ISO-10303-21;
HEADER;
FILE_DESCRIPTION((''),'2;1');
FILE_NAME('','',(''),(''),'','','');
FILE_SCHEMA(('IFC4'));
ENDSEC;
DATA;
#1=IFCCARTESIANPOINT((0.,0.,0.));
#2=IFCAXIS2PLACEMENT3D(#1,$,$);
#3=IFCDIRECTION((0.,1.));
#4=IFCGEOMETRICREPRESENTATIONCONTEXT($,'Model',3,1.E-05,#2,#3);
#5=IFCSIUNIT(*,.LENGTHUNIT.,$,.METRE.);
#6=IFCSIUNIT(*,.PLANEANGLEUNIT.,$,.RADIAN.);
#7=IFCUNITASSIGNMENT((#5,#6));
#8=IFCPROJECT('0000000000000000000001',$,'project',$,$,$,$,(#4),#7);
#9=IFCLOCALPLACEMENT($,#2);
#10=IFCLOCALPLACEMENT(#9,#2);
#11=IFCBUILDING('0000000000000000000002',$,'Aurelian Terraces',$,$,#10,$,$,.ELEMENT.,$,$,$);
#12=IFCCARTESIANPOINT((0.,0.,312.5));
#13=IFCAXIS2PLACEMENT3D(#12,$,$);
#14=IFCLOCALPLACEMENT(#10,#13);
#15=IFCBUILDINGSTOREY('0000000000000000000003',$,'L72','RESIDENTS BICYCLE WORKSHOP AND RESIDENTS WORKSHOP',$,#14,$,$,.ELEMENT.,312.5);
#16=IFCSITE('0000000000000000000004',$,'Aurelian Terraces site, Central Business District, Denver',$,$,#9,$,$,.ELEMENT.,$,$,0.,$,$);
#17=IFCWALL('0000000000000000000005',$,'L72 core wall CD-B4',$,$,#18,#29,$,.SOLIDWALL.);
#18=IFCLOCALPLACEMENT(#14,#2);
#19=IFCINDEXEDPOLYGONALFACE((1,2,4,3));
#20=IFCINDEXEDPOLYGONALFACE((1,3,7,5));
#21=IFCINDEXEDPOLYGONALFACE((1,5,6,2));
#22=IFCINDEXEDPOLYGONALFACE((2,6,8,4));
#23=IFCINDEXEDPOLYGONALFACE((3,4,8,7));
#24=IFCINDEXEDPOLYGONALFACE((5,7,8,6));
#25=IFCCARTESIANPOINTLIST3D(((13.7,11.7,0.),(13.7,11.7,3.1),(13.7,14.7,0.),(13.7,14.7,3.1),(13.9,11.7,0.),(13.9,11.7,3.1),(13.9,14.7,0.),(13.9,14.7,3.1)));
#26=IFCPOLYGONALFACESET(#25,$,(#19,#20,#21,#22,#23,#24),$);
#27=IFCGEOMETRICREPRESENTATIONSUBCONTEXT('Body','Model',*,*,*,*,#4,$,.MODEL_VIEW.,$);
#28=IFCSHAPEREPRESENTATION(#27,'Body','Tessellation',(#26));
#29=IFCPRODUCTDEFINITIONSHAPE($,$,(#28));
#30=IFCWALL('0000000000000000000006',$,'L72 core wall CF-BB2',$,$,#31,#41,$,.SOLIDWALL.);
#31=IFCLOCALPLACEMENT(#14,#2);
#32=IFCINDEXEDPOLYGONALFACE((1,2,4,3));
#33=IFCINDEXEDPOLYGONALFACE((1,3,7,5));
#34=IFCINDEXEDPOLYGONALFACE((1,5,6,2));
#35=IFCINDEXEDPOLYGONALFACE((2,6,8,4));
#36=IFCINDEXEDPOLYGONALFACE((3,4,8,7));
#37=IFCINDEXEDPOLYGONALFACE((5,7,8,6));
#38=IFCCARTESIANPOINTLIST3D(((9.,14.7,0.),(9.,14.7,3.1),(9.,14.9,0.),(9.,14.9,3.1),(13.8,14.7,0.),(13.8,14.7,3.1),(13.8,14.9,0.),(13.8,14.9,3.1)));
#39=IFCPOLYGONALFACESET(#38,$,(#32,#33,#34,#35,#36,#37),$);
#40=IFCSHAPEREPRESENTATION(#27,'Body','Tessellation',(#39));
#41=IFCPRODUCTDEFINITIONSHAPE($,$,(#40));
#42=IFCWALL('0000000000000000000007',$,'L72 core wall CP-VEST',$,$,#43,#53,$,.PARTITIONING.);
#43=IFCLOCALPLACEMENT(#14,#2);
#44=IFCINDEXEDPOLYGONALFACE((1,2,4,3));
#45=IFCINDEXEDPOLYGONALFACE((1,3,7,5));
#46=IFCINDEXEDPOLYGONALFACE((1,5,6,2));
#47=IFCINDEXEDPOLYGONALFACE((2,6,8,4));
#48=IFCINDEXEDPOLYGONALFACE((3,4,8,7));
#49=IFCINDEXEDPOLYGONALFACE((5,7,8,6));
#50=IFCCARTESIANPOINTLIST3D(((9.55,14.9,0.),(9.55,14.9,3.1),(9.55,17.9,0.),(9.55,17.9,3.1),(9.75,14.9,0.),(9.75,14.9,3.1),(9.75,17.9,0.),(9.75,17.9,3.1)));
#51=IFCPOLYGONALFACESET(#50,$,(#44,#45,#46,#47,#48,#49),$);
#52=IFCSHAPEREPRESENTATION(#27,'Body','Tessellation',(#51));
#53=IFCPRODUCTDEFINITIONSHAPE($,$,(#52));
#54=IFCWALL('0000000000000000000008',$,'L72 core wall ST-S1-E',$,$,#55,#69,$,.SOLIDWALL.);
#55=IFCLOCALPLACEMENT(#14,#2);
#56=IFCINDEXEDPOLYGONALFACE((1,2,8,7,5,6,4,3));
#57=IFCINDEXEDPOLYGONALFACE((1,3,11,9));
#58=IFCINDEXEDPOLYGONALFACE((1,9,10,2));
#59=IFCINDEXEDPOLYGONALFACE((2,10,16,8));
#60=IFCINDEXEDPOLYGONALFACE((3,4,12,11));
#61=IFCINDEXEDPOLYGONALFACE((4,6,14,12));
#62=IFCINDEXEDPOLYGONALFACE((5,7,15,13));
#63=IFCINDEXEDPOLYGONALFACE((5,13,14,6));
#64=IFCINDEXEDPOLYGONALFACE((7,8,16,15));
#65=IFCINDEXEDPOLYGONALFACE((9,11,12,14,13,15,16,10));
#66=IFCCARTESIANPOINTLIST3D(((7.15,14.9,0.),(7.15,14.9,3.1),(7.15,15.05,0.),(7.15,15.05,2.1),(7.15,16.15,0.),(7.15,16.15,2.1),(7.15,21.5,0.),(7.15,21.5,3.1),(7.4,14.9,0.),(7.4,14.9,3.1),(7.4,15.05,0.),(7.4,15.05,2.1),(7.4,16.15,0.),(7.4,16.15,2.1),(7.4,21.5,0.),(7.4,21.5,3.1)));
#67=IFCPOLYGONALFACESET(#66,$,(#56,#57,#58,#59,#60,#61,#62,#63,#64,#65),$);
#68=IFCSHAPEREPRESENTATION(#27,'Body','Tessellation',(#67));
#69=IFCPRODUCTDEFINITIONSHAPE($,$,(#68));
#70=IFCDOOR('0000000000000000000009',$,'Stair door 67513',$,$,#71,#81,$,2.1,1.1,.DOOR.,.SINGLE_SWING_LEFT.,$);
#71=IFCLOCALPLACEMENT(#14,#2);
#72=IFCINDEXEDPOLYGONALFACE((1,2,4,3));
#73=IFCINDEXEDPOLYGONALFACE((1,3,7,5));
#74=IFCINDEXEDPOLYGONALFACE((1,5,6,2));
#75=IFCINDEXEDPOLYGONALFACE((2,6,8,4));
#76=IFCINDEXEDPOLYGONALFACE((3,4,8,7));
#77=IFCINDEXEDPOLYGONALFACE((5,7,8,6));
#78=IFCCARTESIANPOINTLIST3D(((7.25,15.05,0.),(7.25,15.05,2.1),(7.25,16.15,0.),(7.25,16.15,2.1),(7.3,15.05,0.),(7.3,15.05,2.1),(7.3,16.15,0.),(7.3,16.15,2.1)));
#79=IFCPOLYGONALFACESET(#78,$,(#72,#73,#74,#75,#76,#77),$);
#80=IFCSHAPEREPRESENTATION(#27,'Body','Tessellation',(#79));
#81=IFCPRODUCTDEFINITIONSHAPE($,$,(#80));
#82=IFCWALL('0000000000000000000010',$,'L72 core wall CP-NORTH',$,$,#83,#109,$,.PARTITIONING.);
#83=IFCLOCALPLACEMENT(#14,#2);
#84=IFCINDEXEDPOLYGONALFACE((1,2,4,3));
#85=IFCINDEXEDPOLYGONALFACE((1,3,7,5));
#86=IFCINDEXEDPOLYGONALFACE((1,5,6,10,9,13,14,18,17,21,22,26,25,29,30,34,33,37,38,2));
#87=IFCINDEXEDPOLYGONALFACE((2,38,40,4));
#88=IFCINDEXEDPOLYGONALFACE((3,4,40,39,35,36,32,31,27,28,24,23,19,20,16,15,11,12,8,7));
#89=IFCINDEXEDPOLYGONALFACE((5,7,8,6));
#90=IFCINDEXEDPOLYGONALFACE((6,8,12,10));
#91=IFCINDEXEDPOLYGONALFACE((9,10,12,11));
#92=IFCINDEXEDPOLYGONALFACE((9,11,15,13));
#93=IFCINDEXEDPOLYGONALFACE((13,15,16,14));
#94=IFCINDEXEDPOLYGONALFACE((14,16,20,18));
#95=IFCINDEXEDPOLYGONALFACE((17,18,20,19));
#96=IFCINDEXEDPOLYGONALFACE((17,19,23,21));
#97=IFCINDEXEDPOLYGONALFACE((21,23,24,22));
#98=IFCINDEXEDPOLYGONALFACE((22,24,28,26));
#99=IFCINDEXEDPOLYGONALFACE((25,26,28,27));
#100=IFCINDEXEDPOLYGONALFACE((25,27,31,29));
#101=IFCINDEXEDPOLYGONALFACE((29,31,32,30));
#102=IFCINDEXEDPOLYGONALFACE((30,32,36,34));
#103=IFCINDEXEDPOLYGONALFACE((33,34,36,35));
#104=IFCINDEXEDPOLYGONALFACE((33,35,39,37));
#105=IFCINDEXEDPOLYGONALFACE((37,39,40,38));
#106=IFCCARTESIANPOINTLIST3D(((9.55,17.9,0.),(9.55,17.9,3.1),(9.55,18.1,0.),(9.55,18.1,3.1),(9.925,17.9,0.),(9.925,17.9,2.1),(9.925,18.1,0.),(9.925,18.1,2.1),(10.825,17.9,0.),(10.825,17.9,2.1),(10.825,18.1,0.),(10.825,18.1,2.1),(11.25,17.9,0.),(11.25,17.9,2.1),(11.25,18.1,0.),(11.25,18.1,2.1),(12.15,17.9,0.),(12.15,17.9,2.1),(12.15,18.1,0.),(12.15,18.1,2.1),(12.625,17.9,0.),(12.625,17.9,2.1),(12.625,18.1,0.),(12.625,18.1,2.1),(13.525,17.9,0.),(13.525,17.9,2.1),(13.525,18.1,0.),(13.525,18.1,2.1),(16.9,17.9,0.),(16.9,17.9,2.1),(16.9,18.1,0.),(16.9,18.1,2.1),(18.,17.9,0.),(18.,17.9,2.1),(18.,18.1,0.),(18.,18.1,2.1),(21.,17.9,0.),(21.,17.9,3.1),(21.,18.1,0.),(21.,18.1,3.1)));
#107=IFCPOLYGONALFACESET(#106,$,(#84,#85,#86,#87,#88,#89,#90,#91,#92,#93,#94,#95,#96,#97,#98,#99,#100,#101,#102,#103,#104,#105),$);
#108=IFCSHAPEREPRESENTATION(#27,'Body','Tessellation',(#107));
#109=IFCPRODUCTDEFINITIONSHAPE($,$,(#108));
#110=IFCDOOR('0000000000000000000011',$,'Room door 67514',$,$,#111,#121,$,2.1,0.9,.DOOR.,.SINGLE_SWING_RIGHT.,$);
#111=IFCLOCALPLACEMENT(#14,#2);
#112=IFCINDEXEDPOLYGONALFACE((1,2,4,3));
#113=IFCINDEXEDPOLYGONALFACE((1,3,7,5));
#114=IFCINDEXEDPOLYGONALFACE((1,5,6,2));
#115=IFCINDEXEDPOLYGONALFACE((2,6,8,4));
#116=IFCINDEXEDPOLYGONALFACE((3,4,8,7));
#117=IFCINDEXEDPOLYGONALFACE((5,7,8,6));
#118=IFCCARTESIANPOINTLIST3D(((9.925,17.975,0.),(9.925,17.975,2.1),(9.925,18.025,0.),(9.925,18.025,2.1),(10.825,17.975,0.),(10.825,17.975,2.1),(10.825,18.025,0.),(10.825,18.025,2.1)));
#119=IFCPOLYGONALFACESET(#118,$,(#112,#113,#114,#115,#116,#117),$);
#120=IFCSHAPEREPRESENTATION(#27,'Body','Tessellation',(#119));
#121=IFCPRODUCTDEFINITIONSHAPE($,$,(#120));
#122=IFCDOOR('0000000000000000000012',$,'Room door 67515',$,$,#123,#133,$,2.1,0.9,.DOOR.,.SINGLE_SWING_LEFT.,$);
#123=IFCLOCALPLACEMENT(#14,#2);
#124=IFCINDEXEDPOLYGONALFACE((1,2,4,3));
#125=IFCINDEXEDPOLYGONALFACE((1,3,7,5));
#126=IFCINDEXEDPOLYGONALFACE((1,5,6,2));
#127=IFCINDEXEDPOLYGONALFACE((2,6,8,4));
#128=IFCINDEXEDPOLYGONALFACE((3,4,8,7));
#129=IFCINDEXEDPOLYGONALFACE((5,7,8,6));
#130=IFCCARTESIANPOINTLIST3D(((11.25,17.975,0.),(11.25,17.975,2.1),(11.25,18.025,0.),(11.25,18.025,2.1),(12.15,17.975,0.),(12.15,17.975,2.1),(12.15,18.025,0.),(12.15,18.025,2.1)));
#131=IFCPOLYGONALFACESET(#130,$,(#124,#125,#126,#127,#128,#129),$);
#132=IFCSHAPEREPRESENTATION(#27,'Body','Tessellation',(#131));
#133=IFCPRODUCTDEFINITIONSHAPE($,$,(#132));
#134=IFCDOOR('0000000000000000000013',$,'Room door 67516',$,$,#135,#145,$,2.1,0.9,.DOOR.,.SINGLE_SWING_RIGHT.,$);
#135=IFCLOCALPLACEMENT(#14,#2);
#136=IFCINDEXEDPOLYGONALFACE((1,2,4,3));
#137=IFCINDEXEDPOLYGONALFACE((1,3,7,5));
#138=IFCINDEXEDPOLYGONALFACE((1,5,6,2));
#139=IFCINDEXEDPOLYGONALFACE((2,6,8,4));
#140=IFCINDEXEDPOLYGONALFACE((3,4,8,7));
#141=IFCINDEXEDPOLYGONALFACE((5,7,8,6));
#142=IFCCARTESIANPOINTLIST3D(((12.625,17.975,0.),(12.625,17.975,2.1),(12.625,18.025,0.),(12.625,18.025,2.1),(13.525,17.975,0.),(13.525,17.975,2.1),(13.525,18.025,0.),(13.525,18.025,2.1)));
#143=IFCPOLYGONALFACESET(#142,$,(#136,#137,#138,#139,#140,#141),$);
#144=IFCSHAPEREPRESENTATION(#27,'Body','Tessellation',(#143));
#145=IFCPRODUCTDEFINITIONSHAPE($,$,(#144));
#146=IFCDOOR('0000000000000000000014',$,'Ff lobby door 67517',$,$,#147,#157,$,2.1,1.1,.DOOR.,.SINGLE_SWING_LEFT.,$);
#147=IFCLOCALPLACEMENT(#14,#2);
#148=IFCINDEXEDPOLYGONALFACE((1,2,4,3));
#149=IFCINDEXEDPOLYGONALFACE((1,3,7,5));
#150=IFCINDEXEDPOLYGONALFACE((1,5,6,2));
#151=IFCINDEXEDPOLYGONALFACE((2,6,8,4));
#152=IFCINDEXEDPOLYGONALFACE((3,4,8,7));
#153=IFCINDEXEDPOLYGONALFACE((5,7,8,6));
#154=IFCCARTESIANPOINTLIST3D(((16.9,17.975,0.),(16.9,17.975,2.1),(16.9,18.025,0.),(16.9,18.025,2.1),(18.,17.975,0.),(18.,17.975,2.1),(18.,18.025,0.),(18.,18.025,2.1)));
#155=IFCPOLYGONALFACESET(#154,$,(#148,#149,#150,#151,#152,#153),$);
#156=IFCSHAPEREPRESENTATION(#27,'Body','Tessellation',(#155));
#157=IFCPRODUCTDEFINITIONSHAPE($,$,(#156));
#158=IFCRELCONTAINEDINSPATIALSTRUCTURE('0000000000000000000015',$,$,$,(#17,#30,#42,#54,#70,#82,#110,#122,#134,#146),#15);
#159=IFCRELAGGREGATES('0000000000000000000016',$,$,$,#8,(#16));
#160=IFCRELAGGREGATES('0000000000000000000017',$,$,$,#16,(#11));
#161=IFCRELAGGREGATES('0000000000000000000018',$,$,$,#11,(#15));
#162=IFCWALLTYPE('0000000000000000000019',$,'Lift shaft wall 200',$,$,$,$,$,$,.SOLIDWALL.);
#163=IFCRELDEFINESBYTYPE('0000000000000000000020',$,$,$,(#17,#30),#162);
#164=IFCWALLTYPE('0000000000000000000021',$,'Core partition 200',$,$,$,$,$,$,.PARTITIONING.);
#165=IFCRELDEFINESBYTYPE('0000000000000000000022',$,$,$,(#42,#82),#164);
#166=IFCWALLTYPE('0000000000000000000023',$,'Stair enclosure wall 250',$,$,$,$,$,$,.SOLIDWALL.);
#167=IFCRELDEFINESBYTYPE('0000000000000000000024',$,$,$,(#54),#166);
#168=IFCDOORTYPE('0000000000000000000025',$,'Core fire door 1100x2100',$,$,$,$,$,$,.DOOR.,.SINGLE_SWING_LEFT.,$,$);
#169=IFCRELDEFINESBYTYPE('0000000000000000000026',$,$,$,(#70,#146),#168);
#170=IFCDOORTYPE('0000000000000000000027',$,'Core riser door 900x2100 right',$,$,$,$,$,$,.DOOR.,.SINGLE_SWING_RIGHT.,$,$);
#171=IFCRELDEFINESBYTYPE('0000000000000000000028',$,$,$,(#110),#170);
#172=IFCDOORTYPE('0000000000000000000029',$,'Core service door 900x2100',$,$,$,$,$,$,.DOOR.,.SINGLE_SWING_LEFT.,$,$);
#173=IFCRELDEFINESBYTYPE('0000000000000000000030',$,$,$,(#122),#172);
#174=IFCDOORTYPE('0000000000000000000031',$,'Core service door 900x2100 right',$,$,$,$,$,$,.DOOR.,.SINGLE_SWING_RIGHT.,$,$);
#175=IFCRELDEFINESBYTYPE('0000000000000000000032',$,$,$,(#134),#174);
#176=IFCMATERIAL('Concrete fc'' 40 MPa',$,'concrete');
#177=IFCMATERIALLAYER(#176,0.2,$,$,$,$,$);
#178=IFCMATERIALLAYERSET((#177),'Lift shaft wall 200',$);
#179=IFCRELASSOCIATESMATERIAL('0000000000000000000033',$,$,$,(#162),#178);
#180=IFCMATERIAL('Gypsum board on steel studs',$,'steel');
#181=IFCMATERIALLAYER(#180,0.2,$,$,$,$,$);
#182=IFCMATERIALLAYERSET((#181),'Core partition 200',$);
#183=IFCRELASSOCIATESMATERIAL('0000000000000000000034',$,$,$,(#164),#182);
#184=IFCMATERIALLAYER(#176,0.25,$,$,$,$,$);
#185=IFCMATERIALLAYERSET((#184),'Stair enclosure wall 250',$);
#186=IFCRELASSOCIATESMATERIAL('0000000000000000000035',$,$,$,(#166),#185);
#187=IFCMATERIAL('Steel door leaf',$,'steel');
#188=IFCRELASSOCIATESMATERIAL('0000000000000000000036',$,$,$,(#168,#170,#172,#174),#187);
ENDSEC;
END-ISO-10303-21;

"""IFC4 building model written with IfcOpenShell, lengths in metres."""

from ifc_helpers import new_model, si_unit, direction, frame, frame_2d, origin, place, context, subcontext, project, spatial, rectangle, extrude, source, transform, mapped, material, layer, layer_set, type_object, element, fill, save


model = new_model("IFC4")

# Units and contexts
model_context = context("Model", 3, precision=1e-05, world=origin(), true_north=direction((0.0, 1.0)))
body_context = subcontext(model_context, "Body", "Model", "MODEL_VIEW")
ifc_project = project(units=[si_unit("LENGTHUNIT", "METRE"), si_unit("PLANEANGLEUNIT", "RADIAN")], contexts=[model_context])

# Site, building, storey
site_placement = place(None, origin())
site = spatial("IfcSite", under=ifc_project, at=site_placement, Name="Aurelian Terraces site, Central Business District, Denver", CompositionType="ELEMENT", RefElevation=0.0)
building_placement = place(site_placement, origin())
building = spatial("IfcBuilding", under=site, at=building_placement, Name="Aurelian Terraces", CompositionType="ELEMENT")
storey_placement = place(building_placement, frame((0.0, 0.0, 312.5)))
storey = spatial("IfcBuildingStorey", under=building, at=storey_placement, Name="L72", Description="RESIDENTS BICYCLE WORKSHOP AND RESIDENTS WORKSHOP", CompositionType="ELEMENT", Elevation=312.5)

# Walls
ifc_material_1 = material(Name="Concrete fc' 40 MPa", Category="concrete")
ifc_layer_1 = layer(ifc_material_1, 0.2)
ifc_layer_set_1 = layer_set([ifc_layer_1], Name="Lift shaft wall 200")
wall_type_1 = type_object("IfcWallType", Name="Lift shaft wall 200", PredefinedType="SOLIDWALL", material=ifc_layer_set_1)
shared_shape_1 = source(origin(), body_context, "Body", "SweptSolid", [
    extrude(rectangle(XDim=3.0, YDim=0.2, at=frame_2d((1.5, 0.0))), origin(), (0.0, 0.0, 1.0), 3.1),
])
wall_1_placement = place(storey_placement, frame((13.8, 11.7, 0.0), z_axis=(0.0, 0.0, 1.0), x_axis=(0.0, 1.0, 0.0)))
element("IfcWall", 1, at=wall_1_placement, inside=storey, type_object=wall_type_1, Name="L72 core wall CD-B4", PredefinedType="SOLIDWALL", context=body_context, shape_type="MappedRepresentation", body=[
    mapped(shared_shape_1, transform((0.0, 0.0, 0.0), scale=1.0)),
])
shared_shape_2 = source(origin(), body_context, "Body", "SweptSolid", [
    extrude(rectangle(XDim=4.8, YDim=0.2, at=frame_2d((2.4, 0.0))), origin(), (0.0, 0.0, 1.0), 3.1),
])
wall_2_placement = place(storey_placement, frame((9.0, 14.8, 0.0), z_axis=(0.0, 0.0, 1.0), x_axis=(1.0, 0.0, 0.0)))
element("IfcWall", 2, at=wall_2_placement, inside=storey, type_object=wall_type_1, Name="L72 core wall CF-BB2", PredefinedType="SOLIDWALL", context=body_context, shape_type="MappedRepresentation", body=[
    mapped(shared_shape_2, transform((0.0, 0.0, 0.0), scale=1.0)),
])
ifc_material_2 = material(Name="Gypsum board on steel studs", Category="steel")
ifc_layer_2 = layer(ifc_material_2, 0.2)
ifc_layer_set_2 = layer_set([ifc_layer_2], Name="Core partition 200")
wall_type_2 = type_object("IfcWallType", Name="Core partition 200", PredefinedType="PARTITIONING", material=ifc_layer_set_2)
shared_shape_3 = source(origin(), body_context, "Body", "SweptSolid", [
    extrude(rectangle(XDim=3.0, YDim=0.2, at=frame_2d((1.5, 0.0))), origin(), (0.0, 0.0, 1.0), 3.1),
])
wall_3_placement = place(storey_placement, frame((9.65, 14.9, 0.0), z_axis=(0.0, 0.0, 1.0), x_axis=(0.0, 1.0, 0.0)))
element("IfcWall", 3, at=wall_3_placement, inside=storey, type_object=wall_type_2, Name="L72 core wall CP-VEST", PredefinedType="PARTITIONING", context=body_context, shape_type="MappedRepresentation", body=[
    mapped(shared_shape_3, transform((0.0, 0.0, 0.0), scale=1.0)),
])

# Wall, opening, door
ifc_layer_3 = layer(ifc_material_1, 0.25)
ifc_layer_set_3 = layer_set([ifc_layer_3], Name="Stair enclosure wall 250")
wall_type_3 = type_object("IfcWallType", Name="Stair enclosure wall 250", PredefinedType="SOLIDWALL", material=ifc_layer_set_3)
shared_shape_4 = source(origin(), body_context, "Body", "SweptSolid", [
    extrude(rectangle(XDim=6.6, YDim=0.25, at=frame_2d((3.3, 0.0))), origin(), (0.0, 0.0, 1.0), 3.1),
])
wall_4_placement = place(storey_placement, frame((7.275, 14.9, 0.0), z_axis=(0.0, 0.0, 1.0), x_axis=(0.0, 1.0, 0.0)))
wall_4 = element("IfcWall", 4, at=wall_4_placement, inside=storey, type_object=wall_type_3, Name="L72 core wall ST-S1-E", PredefinedType="SOLIDWALL", context=body_context, shape_type="MappedRepresentation", body=[
    mapped(shared_shape_4, transform((0.0, 0.0, 0.0), scale=1.0)),
])
shared_shape_5 = source(origin(), body_context, "Body", "SweptSolid", [
    extrude(rectangle(XDim=1.1, YDim=2.1, at=frame_2d((0.55, 1.05))), frame((0.0, 0.135, 0.0), z_axis=(0.0, -1.0, 0.0), x_axis=(1.0, 0.0, 0.0)), (0.0, 0.0, 1.0), 0.27),
])
opening_1_placement = place(wall_4_placement, frame((0.15, 0.0, 0.0)))
opening_1 = element("IfcOpeningElement", 5, at=opening_1_placement, cuts=wall_4, PredefinedType="OPENING", context=body_context, shape_type="MappedRepresentation", body=[
    mapped(shared_shape_5, transform((0.0, 0.0, 0.0), scale=1.0)),
])
ifc_material_3 = material(Name="Steel door leaf", Category="steel")
door_type_1 = type_object("IfcDoorType", Name="Core fire door 1100x2100", OperationType="SINGLE_SWING_LEFT", PredefinedType="DOOR", material=ifc_material_3)
shared_shape_6 = source(origin(), body_context, "Body", "SweptSolid", [
    extrude(rectangle(XDim=1.1, YDim=2.1, at=frame_2d((0.55, 1.05))), frame((0.0, 0.025, 0.0), z_axis=(0.0, -1.0, 0.0), x_axis=(1.0, 0.0, 0.0)), (0.0, 0.0, 1.0), 0.05),
])
door_1_placement = place(opening_1_placement, origin())
door_1 = element("IfcDoor", 6, at=door_1_placement, inside=storey, type_object=door_type_1, Name="Stair door 67513", OperationType="SINGLE_SWING_LEFT", OverallHeight=2.1, OverallWidth=1.1, PredefinedType="DOOR", context=body_context, shape_type="MappedRepresentation", body=[
    mapped(shared_shape_6, transform((0.0, 0.0, 0.0), scale=1.0)),
])
fill(opening_1, door_1)

# Wall, openings, doors
shared_shape_7 = source(origin(), body_context, "Body", "SweptSolid", [
    extrude(rectangle(XDim=11.45, YDim=0.2, at=frame_2d((5.725, 0.0))), origin(), (0.0, 0.0, 1.0), 3.1),
])
wall_5_placement = place(storey_placement, frame((9.55, 18.0, 0.0), z_axis=(0.0, 0.0, 1.0), x_axis=(1.0, 0.0, 0.0)))
wall_5 = element("IfcWall", 7, at=wall_5_placement, inside=storey, type_object=wall_type_2, Name="L72 core wall CP-NORTH", PredefinedType="PARTITIONING", context=body_context, shape_type="MappedRepresentation", body=[
    mapped(shared_shape_7, transform((0.0, 0.0, 0.0), scale=1.0)),
])
shared_shape_8 = source(origin(), body_context, "Body", "SweptSolid", [
    extrude(rectangle(XDim=0.9, YDim=2.1, at=frame_2d((0.45, 1.05))), frame((0.0, 0.11, 0.0), z_axis=(0.0, -1.0, 0.0), x_axis=(1.0, 0.0, 0.0)), (0.0, 0.0, 1.0), 0.22),
])
opening_2_placement = place(wall_5_placement, frame((0.375, 0.0, 0.0)))
opening_2 = element("IfcOpeningElement", 8, at=opening_2_placement, cuts=wall_5, PredefinedType="OPENING", context=body_context, shape_type="MappedRepresentation", body=[
    mapped(shared_shape_8, transform((0.0, 0.0, 0.0), scale=1.0)),
])
opening_3_placement = place(wall_5_placement, frame((1.7, 0.0, 0.0)))
opening_3 = element("IfcOpeningElement", 9, at=opening_3_placement, cuts=wall_5, PredefinedType="OPENING", context=body_context, shape_type="MappedRepresentation", body=[
    mapped(shared_shape_8, transform((0.0, 0.0, 0.0), scale=1.0)),
])
opening_4_placement = place(wall_5_placement, frame((3.075, 0.0, 0.0)))
opening_4 = element("IfcOpeningElement", 10, at=opening_4_placement, cuts=wall_5, PredefinedType="OPENING", context=body_context, shape_type="MappedRepresentation", body=[
    mapped(shared_shape_8, transform((0.0, 0.0, 0.0), scale=1.0)),
])
shared_shape_9 = source(origin(), body_context, "Body", "SweptSolid", [
    extrude(rectangle(XDim=1.1, YDim=2.1, at=frame_2d((0.55, 1.05))), frame((0.0, 0.11, 0.0), z_axis=(0.0, -1.0, 0.0), x_axis=(1.0, 0.0, 0.0)), (0.0, 0.0, 1.0), 0.22),
])
opening_5_placement = place(wall_5_placement, frame((7.35, 0.0, 0.0)))
opening_5 = element("IfcOpeningElement", 11, at=opening_5_placement, cuts=wall_5, PredefinedType="OPENING", context=body_context, shape_type="MappedRepresentation", body=[
    mapped(shared_shape_9, transform((0.0, 0.0, 0.0), scale=1.0)),
])
door_type_2 = type_object("IfcDoorType", Name="Core riser door 900x2100 right", OperationType="SINGLE_SWING_RIGHT", PredefinedType="DOOR", material=ifc_material_3)
shared_shape_10 = source(origin(), body_context, "Body", "SweptSolid", [
    extrude(rectangle(XDim=0.9, YDim=2.1, at=frame_2d((0.45, 1.05))), frame((0.0, 0.025, 0.0), z_axis=(0.0, -1.0, 0.0), x_axis=(1.0, 0.0, 0.0)), (0.0, 0.0, 1.0), 0.05),
])
door_2_placement = place(opening_2_placement, origin())
door_2 = element("IfcDoor", 12, at=door_2_placement, inside=storey, type_object=door_type_2, Name="Room door 67514", OperationType="SINGLE_SWING_RIGHT", OverallHeight=2.1, OverallWidth=0.9, PredefinedType="DOOR", context=body_context, shape_type="MappedRepresentation", body=[
    mapped(shared_shape_10, transform((0.0, 0.0, 0.0), scale=1.0)),
])
fill(opening_2, door_2)
door_type_3 = type_object("IfcDoorType", Name="Core service door 900x2100", OperationType="SINGLE_SWING_LEFT", PredefinedType="DOOR", material=ifc_material_3)
door_3_placement = place(opening_3_placement, origin())
door_3 = element("IfcDoor", 13, at=door_3_placement, inside=storey, type_object=door_type_3, Name="Room door 67515", OperationType="SINGLE_SWING_LEFT", OverallHeight=2.1, OverallWidth=0.9, PredefinedType="DOOR", context=body_context, shape_type="MappedRepresentation", body=[
    mapped(shared_shape_10, transform((0.0, 0.0, 0.0), scale=1.0)),
])
fill(opening_3, door_3)
door_type_4 = type_object("IfcDoorType", Name="Core service door 900x2100 right", OperationType="SINGLE_SWING_RIGHT", PredefinedType="DOOR", material=ifc_material_3)
door_4_placement = place(opening_4_placement, origin())
door_4 = element("IfcDoor", 14, at=door_4_placement, inside=storey, type_object=door_type_4, Name="Room door 67516", OperationType="SINGLE_SWING_RIGHT", OverallHeight=2.1, OverallWidth=0.9, PredefinedType="DOOR", context=body_context, shape_type="MappedRepresentation", body=[
    mapped(shared_shape_10, transform((0.0, 0.0, 0.0), scale=1.0)),
])
fill(opening_4, door_4)
door_5_placement = place(opening_5_placement, origin())
door_5 = element("IfcDoor", 15, at=door_5_placement, inside=storey, type_object=door_type_1, Name="Ff lobby door 67517", OperationType="SINGLE_SWING_LEFT", OverallHeight=2.1, OverallWidth=1.1, PredefinedType="DOOR", context=body_context, shape_type="MappedRepresentation", body=[
    mapped(shared_shape_6, transform((0.0, 0.0, 0.0), scale=1.0)),
])
fill(opening_5, door_5)

save(model, "model.ifc")
